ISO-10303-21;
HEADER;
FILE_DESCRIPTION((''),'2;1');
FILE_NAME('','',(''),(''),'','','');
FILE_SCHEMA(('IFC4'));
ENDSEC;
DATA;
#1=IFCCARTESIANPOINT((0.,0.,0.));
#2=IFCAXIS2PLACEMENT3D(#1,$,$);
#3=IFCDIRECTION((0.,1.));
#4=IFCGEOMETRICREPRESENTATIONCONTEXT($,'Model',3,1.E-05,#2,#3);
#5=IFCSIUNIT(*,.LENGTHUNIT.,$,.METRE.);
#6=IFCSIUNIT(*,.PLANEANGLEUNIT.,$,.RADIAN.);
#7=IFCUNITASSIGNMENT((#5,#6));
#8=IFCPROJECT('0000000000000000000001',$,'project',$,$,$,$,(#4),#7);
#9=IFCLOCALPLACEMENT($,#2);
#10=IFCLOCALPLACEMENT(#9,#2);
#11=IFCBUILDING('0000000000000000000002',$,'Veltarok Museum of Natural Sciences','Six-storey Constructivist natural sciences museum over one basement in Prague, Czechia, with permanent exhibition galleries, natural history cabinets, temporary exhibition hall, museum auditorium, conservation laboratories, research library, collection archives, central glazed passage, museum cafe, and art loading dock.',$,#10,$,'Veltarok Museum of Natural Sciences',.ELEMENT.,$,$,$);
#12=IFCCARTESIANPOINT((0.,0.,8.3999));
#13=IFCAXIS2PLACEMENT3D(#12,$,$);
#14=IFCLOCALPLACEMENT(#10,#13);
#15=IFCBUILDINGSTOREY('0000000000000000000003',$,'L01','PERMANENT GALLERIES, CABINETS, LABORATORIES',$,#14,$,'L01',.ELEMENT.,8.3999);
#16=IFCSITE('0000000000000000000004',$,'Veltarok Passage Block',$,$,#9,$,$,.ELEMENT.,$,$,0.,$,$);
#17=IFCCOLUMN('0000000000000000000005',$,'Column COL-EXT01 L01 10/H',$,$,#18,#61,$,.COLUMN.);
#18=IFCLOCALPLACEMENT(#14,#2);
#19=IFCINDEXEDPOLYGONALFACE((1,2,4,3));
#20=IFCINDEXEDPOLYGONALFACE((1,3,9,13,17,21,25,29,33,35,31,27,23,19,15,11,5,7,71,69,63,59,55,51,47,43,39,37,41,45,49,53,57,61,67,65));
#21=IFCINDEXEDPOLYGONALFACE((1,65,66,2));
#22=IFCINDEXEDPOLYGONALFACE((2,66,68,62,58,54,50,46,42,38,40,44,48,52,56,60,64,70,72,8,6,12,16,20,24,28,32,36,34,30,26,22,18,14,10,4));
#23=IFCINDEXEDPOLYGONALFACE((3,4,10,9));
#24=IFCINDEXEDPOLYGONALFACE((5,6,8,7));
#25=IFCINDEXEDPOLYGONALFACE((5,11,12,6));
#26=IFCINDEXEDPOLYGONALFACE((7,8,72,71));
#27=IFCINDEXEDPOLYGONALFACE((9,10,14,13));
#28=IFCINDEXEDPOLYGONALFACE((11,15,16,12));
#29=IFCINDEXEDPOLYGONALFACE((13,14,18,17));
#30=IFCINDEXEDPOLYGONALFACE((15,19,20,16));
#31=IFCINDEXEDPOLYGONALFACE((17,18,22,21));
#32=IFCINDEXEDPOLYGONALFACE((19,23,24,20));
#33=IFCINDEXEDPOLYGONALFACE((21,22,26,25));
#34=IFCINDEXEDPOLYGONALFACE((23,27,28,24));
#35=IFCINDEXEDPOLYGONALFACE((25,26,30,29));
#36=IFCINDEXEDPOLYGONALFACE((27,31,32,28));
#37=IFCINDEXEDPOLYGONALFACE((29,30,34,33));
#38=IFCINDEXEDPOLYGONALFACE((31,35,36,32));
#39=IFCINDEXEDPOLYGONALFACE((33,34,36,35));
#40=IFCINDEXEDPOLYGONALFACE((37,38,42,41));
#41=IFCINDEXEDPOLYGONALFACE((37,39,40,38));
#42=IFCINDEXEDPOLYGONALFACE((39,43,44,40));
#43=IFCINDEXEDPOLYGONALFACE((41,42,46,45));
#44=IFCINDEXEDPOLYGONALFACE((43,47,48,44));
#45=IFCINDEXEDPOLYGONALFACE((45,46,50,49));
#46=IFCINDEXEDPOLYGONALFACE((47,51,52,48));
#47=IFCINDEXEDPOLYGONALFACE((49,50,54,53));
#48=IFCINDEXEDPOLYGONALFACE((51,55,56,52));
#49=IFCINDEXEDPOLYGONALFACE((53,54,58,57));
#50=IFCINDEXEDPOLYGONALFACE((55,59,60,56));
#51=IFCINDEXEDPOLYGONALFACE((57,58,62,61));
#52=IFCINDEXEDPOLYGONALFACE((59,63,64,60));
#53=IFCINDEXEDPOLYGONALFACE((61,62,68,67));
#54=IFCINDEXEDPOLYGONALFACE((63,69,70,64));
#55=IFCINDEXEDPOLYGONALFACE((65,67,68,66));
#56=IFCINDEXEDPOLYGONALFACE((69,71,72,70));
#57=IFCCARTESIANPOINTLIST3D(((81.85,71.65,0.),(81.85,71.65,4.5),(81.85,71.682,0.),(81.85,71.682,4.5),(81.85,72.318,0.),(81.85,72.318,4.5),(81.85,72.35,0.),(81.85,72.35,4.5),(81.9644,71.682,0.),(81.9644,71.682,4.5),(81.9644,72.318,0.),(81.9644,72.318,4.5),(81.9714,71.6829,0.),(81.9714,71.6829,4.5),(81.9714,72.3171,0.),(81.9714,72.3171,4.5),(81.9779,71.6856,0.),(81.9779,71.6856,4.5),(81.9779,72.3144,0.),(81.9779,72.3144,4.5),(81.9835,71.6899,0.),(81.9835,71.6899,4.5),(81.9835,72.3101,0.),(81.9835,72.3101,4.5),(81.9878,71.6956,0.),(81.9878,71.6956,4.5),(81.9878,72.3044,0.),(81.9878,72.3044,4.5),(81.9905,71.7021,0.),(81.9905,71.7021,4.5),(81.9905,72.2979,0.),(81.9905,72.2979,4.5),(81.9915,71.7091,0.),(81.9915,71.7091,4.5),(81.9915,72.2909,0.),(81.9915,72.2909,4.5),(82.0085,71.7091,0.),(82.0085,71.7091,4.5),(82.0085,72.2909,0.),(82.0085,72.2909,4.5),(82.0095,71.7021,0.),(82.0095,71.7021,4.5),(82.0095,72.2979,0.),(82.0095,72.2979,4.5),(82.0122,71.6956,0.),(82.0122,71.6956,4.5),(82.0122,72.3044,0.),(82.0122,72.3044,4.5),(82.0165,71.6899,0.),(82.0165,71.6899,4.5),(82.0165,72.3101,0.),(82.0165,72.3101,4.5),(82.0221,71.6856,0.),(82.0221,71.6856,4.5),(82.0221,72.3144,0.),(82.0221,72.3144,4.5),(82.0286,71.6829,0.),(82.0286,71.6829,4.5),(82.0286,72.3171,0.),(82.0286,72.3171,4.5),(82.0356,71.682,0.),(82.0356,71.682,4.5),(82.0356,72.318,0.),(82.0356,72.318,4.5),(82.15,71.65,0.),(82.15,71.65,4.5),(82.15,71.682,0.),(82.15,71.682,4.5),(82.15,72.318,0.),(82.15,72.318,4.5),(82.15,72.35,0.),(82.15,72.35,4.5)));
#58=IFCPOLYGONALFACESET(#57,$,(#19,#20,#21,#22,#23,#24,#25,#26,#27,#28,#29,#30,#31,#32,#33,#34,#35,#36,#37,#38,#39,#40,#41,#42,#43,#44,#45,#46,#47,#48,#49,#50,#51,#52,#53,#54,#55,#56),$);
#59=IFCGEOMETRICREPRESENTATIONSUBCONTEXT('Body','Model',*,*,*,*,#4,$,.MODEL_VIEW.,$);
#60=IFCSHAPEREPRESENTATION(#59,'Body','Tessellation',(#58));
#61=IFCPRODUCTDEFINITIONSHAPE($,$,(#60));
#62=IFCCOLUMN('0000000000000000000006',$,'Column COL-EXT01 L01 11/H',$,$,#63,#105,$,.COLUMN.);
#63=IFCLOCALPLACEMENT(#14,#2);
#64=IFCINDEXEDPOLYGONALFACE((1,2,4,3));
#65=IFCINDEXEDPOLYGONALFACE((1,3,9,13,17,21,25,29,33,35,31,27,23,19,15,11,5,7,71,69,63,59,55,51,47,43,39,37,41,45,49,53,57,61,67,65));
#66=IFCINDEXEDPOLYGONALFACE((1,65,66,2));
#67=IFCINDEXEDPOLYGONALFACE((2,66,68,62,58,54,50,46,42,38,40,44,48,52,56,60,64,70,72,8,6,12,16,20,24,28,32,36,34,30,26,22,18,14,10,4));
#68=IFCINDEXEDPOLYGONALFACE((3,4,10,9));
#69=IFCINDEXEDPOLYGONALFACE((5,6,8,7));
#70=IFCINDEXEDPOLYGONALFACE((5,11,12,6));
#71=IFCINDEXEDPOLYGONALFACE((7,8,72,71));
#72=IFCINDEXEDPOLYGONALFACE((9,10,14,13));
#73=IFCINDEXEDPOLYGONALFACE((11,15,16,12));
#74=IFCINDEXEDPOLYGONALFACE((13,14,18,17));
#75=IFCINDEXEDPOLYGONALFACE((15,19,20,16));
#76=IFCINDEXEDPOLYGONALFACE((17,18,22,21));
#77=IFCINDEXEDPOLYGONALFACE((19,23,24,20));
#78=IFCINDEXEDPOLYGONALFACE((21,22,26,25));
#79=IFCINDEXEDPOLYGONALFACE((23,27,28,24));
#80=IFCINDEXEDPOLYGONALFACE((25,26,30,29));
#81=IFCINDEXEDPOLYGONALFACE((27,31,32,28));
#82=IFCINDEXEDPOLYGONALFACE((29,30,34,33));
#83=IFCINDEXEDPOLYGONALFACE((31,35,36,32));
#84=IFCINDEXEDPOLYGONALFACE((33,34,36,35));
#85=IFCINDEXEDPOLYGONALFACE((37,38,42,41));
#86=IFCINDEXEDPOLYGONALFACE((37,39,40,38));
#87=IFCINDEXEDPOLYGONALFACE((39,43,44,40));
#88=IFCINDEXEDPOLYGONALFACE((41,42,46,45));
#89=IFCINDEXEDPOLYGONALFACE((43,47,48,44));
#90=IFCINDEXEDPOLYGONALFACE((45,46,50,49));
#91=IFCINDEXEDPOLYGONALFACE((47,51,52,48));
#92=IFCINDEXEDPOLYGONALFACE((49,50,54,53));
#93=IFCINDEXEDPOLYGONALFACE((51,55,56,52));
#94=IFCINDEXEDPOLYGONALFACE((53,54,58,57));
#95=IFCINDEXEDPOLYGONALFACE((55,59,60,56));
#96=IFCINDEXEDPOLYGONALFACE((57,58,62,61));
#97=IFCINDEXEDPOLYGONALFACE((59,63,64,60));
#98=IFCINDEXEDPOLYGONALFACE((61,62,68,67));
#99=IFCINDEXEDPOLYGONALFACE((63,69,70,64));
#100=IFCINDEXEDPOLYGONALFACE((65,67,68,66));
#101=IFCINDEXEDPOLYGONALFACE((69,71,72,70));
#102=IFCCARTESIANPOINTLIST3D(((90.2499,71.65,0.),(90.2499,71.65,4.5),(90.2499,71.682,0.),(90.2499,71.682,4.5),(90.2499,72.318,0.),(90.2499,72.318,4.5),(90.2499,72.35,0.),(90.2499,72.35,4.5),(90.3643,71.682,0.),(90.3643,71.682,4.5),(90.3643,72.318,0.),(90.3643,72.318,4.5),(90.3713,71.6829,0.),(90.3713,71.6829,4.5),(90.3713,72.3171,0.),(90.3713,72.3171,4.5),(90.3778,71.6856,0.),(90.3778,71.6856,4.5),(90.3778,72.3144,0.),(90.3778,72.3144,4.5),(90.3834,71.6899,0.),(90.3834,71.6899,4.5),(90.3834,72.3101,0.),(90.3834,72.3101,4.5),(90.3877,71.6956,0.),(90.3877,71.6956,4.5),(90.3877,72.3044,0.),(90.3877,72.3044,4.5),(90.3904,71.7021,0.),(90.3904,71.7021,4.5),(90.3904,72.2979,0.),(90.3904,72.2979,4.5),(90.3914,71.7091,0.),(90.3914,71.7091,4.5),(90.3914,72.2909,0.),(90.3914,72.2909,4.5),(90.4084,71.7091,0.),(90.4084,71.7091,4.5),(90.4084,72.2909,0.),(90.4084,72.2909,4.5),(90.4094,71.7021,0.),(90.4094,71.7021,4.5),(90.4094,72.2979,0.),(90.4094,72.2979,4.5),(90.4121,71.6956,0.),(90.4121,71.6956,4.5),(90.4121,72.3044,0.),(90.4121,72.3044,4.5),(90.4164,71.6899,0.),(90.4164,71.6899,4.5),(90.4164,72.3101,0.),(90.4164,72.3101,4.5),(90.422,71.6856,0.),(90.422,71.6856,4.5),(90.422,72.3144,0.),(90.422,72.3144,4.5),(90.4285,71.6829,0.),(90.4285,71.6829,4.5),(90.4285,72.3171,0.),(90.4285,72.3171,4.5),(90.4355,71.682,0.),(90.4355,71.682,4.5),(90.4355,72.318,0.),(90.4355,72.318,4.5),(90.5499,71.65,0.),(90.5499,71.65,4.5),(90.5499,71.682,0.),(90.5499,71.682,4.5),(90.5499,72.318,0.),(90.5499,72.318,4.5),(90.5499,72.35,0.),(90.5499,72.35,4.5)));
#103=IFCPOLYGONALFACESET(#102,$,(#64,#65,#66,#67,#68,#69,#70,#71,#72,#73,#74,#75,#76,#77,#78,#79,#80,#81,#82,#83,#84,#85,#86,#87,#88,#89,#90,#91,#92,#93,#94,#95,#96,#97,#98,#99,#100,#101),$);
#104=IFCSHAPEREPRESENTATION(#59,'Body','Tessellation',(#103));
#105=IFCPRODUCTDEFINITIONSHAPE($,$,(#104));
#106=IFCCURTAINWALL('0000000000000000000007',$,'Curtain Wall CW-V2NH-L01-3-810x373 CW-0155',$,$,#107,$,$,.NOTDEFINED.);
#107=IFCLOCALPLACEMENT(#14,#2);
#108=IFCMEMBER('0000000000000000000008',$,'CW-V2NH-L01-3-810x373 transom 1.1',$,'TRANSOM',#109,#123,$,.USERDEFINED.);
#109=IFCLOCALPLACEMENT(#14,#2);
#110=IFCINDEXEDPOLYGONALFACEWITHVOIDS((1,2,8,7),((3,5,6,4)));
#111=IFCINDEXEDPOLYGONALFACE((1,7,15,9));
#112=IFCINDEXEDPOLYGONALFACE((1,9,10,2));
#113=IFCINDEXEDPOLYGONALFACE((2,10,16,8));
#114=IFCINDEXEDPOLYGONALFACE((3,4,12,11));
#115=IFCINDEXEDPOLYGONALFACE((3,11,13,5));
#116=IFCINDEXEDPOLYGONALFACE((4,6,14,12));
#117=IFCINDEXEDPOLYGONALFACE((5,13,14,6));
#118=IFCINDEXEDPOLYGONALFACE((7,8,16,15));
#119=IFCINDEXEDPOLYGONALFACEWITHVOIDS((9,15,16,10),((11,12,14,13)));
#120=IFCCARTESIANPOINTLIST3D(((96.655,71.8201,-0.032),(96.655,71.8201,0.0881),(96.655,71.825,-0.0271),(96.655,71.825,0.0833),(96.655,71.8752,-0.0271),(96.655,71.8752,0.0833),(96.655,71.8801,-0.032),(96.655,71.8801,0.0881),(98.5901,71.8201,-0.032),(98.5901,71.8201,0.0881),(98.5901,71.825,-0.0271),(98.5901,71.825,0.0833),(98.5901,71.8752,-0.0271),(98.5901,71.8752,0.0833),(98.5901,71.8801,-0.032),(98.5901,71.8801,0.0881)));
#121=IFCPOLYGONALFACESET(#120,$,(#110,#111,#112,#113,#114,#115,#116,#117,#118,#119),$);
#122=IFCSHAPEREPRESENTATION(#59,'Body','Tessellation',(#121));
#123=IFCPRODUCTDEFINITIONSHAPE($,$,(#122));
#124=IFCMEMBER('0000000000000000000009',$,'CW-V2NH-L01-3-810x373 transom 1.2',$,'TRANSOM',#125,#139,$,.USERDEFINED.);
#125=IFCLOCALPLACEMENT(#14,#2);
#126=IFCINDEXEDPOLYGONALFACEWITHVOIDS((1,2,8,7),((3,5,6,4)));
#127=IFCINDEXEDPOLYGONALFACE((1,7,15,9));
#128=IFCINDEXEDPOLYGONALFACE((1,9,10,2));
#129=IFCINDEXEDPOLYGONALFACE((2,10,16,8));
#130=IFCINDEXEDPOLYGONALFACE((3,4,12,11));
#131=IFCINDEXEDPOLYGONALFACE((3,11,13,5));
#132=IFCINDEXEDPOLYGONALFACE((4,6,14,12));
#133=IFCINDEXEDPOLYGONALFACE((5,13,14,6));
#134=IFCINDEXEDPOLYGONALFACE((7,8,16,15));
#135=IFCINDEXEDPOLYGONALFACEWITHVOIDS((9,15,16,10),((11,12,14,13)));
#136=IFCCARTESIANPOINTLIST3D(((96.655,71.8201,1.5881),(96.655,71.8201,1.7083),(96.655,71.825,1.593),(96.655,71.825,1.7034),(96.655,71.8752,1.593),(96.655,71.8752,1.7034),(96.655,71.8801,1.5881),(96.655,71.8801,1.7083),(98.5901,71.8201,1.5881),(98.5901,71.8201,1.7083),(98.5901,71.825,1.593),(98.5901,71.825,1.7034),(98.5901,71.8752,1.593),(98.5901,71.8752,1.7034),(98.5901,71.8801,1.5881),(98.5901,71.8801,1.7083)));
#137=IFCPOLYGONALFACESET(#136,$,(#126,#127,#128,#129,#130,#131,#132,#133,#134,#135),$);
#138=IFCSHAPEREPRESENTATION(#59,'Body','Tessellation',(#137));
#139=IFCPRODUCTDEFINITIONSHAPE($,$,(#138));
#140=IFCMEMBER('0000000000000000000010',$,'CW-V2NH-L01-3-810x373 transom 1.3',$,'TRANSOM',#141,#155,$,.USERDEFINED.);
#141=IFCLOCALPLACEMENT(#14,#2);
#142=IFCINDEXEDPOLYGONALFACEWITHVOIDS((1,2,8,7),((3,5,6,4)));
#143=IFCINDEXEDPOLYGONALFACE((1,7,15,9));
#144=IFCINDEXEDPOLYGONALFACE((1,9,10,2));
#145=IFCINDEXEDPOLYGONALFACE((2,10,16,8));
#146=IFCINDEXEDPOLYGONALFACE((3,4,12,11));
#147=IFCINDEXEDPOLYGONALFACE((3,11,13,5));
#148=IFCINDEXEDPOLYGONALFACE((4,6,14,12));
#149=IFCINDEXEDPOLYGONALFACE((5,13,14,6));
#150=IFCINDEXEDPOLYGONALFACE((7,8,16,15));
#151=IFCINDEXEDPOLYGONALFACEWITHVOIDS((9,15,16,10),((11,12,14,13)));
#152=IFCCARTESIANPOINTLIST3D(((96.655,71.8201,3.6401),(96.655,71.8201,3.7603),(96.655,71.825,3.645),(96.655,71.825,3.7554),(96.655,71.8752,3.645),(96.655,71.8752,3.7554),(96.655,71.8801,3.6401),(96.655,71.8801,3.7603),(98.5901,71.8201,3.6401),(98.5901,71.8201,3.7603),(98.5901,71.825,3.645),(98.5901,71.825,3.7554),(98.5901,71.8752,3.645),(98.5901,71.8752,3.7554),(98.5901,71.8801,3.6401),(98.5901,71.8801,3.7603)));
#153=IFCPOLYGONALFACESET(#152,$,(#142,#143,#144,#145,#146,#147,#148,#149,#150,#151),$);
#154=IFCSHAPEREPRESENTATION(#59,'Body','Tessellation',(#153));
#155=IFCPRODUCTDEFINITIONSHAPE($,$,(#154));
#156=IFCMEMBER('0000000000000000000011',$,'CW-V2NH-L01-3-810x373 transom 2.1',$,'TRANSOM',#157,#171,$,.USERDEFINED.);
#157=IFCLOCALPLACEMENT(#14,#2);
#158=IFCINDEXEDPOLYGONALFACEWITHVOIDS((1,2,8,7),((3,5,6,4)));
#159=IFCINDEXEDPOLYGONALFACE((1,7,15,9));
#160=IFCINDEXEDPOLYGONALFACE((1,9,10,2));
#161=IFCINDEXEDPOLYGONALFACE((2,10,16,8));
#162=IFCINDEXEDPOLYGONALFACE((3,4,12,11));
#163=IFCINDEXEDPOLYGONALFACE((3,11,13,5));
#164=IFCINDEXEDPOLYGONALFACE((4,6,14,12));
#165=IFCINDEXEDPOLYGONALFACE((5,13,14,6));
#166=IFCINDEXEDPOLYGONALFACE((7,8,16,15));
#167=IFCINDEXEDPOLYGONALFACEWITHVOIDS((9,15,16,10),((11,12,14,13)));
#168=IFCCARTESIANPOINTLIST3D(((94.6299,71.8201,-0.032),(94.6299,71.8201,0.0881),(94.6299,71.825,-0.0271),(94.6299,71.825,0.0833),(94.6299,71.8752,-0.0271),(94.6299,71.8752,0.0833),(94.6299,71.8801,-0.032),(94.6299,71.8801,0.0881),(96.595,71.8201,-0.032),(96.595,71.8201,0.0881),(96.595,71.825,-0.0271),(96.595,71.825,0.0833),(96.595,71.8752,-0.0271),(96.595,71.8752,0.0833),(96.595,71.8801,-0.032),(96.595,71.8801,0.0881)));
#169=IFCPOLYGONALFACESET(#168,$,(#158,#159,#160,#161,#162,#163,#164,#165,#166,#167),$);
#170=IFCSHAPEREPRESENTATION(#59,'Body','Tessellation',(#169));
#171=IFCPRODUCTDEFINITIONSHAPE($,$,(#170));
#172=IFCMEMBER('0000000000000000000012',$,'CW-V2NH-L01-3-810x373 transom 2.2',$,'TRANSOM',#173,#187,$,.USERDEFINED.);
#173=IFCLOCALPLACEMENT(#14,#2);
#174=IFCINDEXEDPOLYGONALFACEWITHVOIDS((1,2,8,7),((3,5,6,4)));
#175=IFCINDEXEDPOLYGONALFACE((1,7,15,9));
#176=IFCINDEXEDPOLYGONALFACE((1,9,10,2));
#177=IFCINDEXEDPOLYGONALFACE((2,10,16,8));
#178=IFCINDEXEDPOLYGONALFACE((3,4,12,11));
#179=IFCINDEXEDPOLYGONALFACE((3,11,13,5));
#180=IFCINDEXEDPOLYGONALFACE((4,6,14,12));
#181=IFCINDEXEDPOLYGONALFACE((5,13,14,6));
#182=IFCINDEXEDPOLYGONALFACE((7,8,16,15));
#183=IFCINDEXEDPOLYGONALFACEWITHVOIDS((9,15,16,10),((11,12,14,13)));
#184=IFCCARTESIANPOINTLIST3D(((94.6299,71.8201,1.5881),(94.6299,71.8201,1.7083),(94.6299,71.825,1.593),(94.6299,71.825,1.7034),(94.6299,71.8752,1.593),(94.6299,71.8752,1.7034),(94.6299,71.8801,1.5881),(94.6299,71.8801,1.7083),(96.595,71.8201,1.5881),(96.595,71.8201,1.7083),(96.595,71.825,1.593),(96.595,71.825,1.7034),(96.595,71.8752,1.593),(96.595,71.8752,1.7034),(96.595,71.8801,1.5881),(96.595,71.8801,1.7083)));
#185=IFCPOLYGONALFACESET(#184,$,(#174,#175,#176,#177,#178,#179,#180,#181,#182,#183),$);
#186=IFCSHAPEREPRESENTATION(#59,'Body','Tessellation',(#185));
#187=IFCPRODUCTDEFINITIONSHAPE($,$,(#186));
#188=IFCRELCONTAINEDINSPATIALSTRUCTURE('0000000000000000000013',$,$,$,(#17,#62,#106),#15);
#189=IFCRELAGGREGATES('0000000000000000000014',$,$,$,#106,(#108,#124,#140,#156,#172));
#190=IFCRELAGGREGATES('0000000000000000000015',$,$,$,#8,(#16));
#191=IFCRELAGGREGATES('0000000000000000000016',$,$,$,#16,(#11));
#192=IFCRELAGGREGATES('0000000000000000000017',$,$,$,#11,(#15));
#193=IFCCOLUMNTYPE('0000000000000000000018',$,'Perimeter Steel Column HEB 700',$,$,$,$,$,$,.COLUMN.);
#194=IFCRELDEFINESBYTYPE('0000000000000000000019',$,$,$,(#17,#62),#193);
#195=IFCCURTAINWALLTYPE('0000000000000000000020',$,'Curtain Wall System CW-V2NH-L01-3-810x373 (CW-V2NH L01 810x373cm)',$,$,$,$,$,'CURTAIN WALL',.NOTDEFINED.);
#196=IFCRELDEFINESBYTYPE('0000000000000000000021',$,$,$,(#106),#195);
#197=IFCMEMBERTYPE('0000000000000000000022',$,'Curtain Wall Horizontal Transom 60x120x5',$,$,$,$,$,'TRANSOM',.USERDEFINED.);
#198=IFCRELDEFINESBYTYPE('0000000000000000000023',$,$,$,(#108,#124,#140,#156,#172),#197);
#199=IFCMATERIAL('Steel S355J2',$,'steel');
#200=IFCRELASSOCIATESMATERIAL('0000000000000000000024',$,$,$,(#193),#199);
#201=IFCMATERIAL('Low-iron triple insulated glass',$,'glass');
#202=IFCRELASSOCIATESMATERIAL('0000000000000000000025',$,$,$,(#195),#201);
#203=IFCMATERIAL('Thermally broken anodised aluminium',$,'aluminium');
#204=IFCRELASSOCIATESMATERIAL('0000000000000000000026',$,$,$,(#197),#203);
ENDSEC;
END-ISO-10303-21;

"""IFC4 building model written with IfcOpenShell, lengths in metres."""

from ifc_helpers import new_model, si_unit, direction, frame, origin, origin_2d, place, context, subcontext, project, spatial, hollow_rectangle, i_section, extrude, material, material_profile, profile_set, type_object, element, aggregate, save


model = new_model("IFC4")

# Units and contexts
model_context = context("Model", 3, precision=1e-05, world=origin(), true_north=direction((0.0, 1.0)))
body_context = subcontext(model_context, "Body", "Model", "MODEL_VIEW")
ifc_project = project(units=[si_unit("LENGTHUNIT", "METRE"), si_unit("PLANEANGLEUNIT", "RADIAN")], contexts=[model_context])

# Site, building, storey
site_placement = place(None, origin())
site = spatial("IfcSite", under=ifc_project, at=site_placement, Name="Veltarok Passage Block", CompositionType="ELEMENT", RefElevation=0.0)
building_placement = place(site_placement, origin())
building = spatial("IfcBuilding", under=site, at=building_placement, Name="Veltarok Museum of Natural Sciences", Description="Six-storey Constructivist natural sciences museum over one basement in Prague, Czechia, with permanent exhibition galleries, natural history cabinets, temporary exhibition hall, museum auditorium, conservation laboratories, research library, collection archives, central glazed passage, museum cafe, and art loading dock.", LongName="Veltarok Museum of Natural Sciences", CompositionType="ELEMENT")
storey_placement = place(building_placement, frame((0.0, 0.0, 8.3999)))
storey = spatial("IfcBuildingStorey", under=building, at=storey_placement, Name="L01", Description="PERMANENT GALLERIES, CABINETS, LABORATORIES", LongName="L01", CompositionType="ELEMENT", Elevation=8.3999)

# Columns
ifc_material_1 = material(Name="Steel S355J2", Category="steel")
ifc_material_profile_1 = material_profile(ifc_material_1, i_section(OverallWidth=0.3, OverallDepth=0.7, WebThickness=0.0171, FlangeThickness=0.032, FilletRadius=0.0271, at=origin_2d()), Name="HEB 700")
ifc_profile_set_1 = profile_set([ifc_material_profile_1], Name="Steel S355J2")
column_type = type_object("IfcColumnType", Name="Perimeter Steel Column HEB 700", PredefinedType="COLUMN", material=ifc_profile_set_1)
for number, where, z_axis, x_axis, name in (
    (1, (82.0, 72.0, 0.0), (0.0, 0.0, 1.0), (1.0, 0.0, 0.0), "Column COL-EXT01 L01 10/H"),
    (2, (90.3999, 72.0, 0.0), (0.0, 0.0, 1.0), (1.0, 0.0, 0.0), "Column COL-EXT01 L01 11/H"),
):
    element("IfcColumn", number, at=place(storey_placement, frame(where, z_axis=z_axis, x_axis=x_axis)), inside=storey, type_object=column_type, Name=name, PredefinedType="COLUMN", context=body_context, shape_type="SweptSolid", body=[
        extrude(i_section(OverallWidth=0.3, OverallDepth=0.7, WebThickness=0.0171, FlangeThickness=0.032, FilletRadius=0.0271, at=origin_2d()), origin(), (0.0, 0.0, 1.0), 4.5),
    ])

# Curtain wall, members
ifc_material_2 = material(Name="Low-iron triple insulated glass", Category="glass")
curtain_wall_type_1 = type_object("IfcCurtainWallType", Name="Curtain Wall System CW-V2NH-L01-3-810x373 (CW-V2NH L01 810x373cm)", ElementType="CURTAIN WALL", PredefinedType="NOTDEFINED", material=ifc_material_2)
curtain_wall_1_placement = place(storey_placement, origin())
curtain_wall_1 = element("IfcCurtainWall", 3, at=curtain_wall_1_placement, inside=storey, type_object=curtain_wall_type_1, Name="Curtain Wall CW-V2NH-L01-3-810x373 CW-0155", PredefinedType="NOTDEFINED")
ifc_material_3 = material(Name="Thermally broken anodised aluminium", Category="aluminium")
ifc_material_profile_2 = material_profile(ifc_material_3, hollow_rectangle(XDim=0.0601, YDim=0.1201, WallThickness=0.0049, at=origin_2d()), Name="CW TRANSOM 60x120x5")
ifc_profile_set_2 = profile_set([ifc_material_profile_2], Name="Thermally broken anodised aluminium")
member_type_1 = type_object("IfcMemberType", Name="Curtain Wall Horizontal Transom 60x120x5", ElementType="TRANSOM", PredefinedType="USERDEFINED", material=ifc_profile_set_2)
member_1_placement = place(storey_placement, frame((98.5901, 71.8501, 0.0281), z_axis=(-1.0, 0.0, 0.0), x_axis=(0.0, -1.0, 0.0)))
member_1 = element("IfcMember", 4, at=member_1_placement, type_object=member_type_1, Name="CW-V2NH-L01-3-810x373 transom 1.1", ObjectType="TRANSOM", PredefinedType="USERDEFINED", context=body_context, shape_type="SweptSolid", body=[
    extrude(hollow_rectangle(XDim=0.0601, YDim=0.1201, WallThickness=0.0049, at=origin_2d()), origin(), (0.0, 0.0, 1.0), 1.9351),
])
member_2_placement = place(storey_placement, frame((98.5901, 71.8501, 1.6482), z_axis=(-1.0, 0.0, 0.0), x_axis=(0.0, -1.0, 0.0)))
member_2 = element("IfcMember", 5, at=member_2_placement, type_object=member_type_1, Name="CW-V2NH-L01-3-810x373 transom 1.2", ObjectType="TRANSOM", PredefinedType="USERDEFINED", context=body_context, shape_type="SweptSolid", body=[
    extrude(hollow_rectangle(XDim=0.0601, YDim=0.1201, WallThickness=0.0049, at=origin_2d()), origin(), (0.0, 0.0, 1.0), 1.9351),
])
member_3_placement = place(storey_placement, frame((98.5901, 71.8501, 3.7002), z_axis=(-1.0, 0.0, 0.0), x_axis=(0.0, -1.0, 0.0)))
member_3 = element("IfcMember", 6, at=member_3_placement, type_object=member_type_1, Name="CW-V2NH-L01-3-810x373 transom 1.3", ObjectType="TRANSOM", PredefinedType="USERDEFINED", context=body_context, shape_type="SweptSolid", body=[
    extrude(hollow_rectangle(XDim=0.0601, YDim=0.1201, WallThickness=0.0049, at=origin_2d()), origin(), (0.0, 0.0, 1.0), 1.9351),
])
member_4_placement = place(storey_placement, frame((96.595, 71.8501, 0.0281), z_axis=(-1.0, 0.0, 0.0), x_axis=(0.0, -1.0, 0.0)))
member_4 = element("IfcMember", 7, at=member_4_placement, type_object=member_type_1, Name="CW-V2NH-L01-3-810x373 transom 2.1", ObjectType="TRANSOM", PredefinedType="USERDEFINED", context=body_context, shape_type="SweptSolid", body=[
    extrude(hollow_rectangle(XDim=0.0601, YDim=0.1201, WallThickness=0.0049, at=origin_2d()), origin(), (0.0, 0.0, 1.0), 1.9651),
])
member_5_placement = place(storey_placement, frame((96.595, 71.8501, 1.6482), z_axis=(-1.0, 0.0, 0.0), x_axis=(0.0, -1.0, 0.0)))
member_5 = element("IfcMember", 8, at=member_5_placement, type_object=member_type_1, Name="CW-V2NH-L01-3-810x373 transom 2.2", ObjectType="TRANSOM", PredefinedType="USERDEFINED", context=body_context, shape_type="SweptSolid", body=[
    extrude(hollow_rectangle(XDim=0.0601, YDim=0.1201, WallThickness=0.0049, at=origin_2d()), origin(), (0.0, 0.0, 1.0), 1.9651),
])

aggregate(curtain_wall_1, [member_1, member_2, member_3, member_4, member_5])

save(model, "model.ifc")
